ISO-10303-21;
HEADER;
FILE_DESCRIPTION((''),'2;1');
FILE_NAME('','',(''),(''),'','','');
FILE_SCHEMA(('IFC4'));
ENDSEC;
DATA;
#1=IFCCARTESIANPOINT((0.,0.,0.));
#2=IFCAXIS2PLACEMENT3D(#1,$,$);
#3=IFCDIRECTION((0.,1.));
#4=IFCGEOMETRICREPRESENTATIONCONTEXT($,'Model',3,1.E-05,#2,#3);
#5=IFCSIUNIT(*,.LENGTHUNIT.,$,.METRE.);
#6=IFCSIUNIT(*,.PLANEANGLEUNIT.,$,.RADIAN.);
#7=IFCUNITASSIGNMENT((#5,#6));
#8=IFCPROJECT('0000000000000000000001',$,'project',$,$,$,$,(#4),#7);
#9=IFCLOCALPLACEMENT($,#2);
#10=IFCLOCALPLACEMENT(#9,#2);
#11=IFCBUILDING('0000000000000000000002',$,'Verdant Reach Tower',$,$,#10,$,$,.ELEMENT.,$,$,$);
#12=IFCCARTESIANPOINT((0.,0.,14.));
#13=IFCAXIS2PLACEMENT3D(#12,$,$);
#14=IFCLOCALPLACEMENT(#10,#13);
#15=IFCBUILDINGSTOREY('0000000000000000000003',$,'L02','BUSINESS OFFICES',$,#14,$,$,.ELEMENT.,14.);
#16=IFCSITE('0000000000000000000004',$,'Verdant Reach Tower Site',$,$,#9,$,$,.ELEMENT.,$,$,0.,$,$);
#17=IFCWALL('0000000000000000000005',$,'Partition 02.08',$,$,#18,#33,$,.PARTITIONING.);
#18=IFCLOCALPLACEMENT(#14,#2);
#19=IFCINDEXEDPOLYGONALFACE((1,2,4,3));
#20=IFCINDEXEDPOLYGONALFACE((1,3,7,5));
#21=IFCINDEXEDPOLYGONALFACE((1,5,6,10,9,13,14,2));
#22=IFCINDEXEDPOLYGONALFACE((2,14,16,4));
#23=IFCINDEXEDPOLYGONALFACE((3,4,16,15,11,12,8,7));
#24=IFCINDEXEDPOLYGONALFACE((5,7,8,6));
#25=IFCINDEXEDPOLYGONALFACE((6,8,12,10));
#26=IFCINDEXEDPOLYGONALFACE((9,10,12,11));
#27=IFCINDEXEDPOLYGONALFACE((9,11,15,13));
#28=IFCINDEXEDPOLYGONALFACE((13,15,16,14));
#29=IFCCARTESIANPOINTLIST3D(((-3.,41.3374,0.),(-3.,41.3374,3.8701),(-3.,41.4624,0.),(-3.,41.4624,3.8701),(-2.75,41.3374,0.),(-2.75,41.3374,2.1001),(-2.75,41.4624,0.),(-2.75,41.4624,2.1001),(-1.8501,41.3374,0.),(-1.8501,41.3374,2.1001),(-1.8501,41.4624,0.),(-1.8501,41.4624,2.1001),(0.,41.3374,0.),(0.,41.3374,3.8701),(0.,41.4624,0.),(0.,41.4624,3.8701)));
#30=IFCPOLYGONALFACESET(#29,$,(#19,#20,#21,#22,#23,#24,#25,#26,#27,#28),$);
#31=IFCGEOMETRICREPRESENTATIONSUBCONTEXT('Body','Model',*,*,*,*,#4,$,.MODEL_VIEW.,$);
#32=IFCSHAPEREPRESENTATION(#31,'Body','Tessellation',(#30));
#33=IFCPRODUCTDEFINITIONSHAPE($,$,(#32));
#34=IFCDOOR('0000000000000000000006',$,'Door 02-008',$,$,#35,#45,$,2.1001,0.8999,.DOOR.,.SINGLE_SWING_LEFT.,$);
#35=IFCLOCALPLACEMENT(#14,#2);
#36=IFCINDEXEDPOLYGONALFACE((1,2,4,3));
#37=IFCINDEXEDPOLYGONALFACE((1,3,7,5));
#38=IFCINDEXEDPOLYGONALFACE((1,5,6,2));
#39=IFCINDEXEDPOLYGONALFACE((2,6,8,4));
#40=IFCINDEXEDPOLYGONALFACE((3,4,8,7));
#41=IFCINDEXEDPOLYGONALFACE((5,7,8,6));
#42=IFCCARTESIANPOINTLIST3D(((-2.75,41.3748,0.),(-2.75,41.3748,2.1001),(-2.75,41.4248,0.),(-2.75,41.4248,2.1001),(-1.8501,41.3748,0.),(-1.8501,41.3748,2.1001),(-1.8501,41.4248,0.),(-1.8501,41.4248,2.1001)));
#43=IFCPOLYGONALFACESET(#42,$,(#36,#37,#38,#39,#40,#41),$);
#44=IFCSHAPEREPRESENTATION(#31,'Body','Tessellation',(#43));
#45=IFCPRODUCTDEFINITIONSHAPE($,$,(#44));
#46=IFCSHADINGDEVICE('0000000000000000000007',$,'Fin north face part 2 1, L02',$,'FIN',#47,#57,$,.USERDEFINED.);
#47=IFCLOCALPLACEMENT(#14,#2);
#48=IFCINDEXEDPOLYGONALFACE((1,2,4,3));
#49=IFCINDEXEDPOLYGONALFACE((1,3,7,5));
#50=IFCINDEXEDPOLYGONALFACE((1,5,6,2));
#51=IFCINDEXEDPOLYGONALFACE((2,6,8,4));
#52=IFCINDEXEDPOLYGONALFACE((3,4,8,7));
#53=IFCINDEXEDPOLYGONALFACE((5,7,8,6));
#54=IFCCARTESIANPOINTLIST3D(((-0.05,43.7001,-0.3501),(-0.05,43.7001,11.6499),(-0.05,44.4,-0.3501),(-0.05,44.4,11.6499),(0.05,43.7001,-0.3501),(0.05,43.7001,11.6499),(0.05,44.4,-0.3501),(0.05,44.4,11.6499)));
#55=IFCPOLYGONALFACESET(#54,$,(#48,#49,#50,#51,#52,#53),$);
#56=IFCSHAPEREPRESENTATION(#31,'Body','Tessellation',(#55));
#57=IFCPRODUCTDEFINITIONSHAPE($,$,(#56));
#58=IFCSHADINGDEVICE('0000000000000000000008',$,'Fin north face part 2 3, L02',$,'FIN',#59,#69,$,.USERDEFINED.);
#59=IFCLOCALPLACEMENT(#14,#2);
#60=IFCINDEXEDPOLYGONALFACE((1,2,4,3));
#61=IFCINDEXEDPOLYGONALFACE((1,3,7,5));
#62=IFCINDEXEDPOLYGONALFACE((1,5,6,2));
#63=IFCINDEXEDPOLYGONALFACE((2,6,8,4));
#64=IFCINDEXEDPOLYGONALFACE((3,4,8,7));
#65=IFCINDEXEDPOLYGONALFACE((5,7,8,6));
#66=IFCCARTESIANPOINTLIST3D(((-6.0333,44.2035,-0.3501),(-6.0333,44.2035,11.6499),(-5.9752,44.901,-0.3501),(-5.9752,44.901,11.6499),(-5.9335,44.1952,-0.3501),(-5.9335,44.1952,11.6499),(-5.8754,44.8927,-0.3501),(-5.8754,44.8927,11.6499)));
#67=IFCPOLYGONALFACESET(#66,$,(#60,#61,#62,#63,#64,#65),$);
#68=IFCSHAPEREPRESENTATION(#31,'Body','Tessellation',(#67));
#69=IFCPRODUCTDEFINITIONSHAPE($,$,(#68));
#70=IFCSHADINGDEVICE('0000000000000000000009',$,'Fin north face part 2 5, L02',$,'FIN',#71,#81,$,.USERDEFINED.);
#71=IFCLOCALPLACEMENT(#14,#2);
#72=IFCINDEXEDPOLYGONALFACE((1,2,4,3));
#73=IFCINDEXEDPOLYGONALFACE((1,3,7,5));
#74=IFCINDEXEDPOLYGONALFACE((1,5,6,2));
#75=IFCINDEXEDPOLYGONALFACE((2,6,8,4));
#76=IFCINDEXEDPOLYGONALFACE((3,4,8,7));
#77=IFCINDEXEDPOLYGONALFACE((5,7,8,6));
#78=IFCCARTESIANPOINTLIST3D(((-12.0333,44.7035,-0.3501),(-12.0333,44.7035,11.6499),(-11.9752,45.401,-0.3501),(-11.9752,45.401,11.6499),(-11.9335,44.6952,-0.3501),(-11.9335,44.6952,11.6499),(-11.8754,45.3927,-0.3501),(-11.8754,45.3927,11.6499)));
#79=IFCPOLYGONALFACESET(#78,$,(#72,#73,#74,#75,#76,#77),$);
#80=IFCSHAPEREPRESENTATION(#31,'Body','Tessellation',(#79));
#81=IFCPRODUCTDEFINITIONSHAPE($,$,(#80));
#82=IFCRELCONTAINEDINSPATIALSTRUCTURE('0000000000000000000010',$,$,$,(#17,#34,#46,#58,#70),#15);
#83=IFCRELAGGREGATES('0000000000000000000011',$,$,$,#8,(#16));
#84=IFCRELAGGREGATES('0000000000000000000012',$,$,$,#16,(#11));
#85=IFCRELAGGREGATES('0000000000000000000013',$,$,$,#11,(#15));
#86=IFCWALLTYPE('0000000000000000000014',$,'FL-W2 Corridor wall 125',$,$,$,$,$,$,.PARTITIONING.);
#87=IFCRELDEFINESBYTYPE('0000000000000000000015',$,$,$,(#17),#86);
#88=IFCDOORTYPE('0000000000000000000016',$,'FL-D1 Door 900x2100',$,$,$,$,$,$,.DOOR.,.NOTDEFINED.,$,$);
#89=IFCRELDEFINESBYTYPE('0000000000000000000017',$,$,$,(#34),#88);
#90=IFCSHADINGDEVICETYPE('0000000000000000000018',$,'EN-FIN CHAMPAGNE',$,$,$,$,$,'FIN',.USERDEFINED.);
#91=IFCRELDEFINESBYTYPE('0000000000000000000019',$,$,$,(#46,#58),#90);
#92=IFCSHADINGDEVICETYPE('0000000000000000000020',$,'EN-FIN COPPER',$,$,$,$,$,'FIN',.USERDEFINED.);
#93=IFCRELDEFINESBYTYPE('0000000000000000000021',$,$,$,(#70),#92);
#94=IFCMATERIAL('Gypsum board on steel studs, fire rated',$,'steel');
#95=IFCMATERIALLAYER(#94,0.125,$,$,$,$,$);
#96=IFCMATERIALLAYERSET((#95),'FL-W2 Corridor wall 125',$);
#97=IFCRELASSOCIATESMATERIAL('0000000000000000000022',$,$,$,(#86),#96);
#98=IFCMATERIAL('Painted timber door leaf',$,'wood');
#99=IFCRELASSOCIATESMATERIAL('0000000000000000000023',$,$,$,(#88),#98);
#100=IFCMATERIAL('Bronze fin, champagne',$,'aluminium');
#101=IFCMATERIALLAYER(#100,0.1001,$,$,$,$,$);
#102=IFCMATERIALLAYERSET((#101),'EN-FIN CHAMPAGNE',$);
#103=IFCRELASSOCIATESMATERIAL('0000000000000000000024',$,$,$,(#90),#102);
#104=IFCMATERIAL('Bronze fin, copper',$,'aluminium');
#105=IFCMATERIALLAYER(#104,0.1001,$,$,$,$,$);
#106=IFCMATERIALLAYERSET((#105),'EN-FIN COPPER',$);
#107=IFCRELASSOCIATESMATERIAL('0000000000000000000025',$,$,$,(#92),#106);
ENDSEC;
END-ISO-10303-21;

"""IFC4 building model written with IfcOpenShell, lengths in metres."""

from ifc_helpers import new_model, si_unit, direction, frame, frame_2d, origin, origin_2d, place, context, subcontext, project, spatial, rectangle, extrude, material, layer, layer_set, type_object, element, fill, save


model = new_model("IFC4")

# Units and contexts
model_context = context("Model", 3, precision=1e-05, world=origin(), true_north=direction((0.0, 1.0)))
body_context = subcontext(model_context, "Body", "Model", "MODEL_VIEW")
ifc_project = project(units=[si_unit("LENGTHUNIT", "METRE"), si_unit("PLANEANGLEUNIT", "RADIAN")], contexts=[model_context])

# Site, building, storey
site_placement = place(None, origin())
site = spatial("IfcSite", under=ifc_project, at=site_placement, Name="Verdant Reach Tower Site", CompositionType="ELEMENT", RefElevation=0.0)
building_placement = place(site_placement, origin())
building = spatial("IfcBuilding", under=site, at=building_placement, Name="Verdant Reach Tower", CompositionType="ELEMENT")
storey_placement = place(building_placement, frame((0.0, 0.0, 14.0)))
storey = spatial("IfcBuildingStorey", under=building, at=storey_placement, Name="L02", Description="BUSINESS OFFICES", CompositionType="ELEMENT", Elevation=14.0)

# Wall, opening, door
ifc_material_1 = material(Name="Gypsum board on steel studs, fire rated", Category="steel")
ifc_layer_1 = layer(ifc_material_1, 0.125)
ifc_layer_set_1 = layer_set([ifc_layer_1], Name="FL-W2 Corridor wall 125")
wall_type_1 = type_object("IfcWallType", Name="FL-W2 Corridor wall 125", PredefinedType="PARTITIONING", material=ifc_layer_set_1)
wall_1_placement = place(storey_placement, frame((-3.0, 41.3999, 0.0), z_axis=(0.0, 0.0, 1.0), x_axis=(1.0, 0.0, 0.0)))
wall_1 = element("IfcWall", 1, at=wall_1_placement, inside=storey, type_object=wall_type_1, Name="Partition 02.08", PredefinedType="PARTITIONING", context=body_context, shape_type="SweptSolid", body=[
    extrude(rectangle(XDim=3.0, YDim=0.125, at=frame_2d((1.5, 0.0))), origin(), (0.0, 0.0, 1.0), 3.8701),
])
opening_1_placement = place(wall_1_placement, frame((0.25, 0.0, 0.0)))
opening_1 = element("IfcOpeningElement", 2, at=opening_1_placement, cuts=wall_1, PredefinedType="OPENING", context=body_context, shape_type="SweptSolid", body=[
    extrude(rectangle(XDim=0.8999, YDim=2.1001, at=frame_2d((0.45, 1.05))), frame((0.0, 0.0725, 0.0), z_axis=(0.0, -1.0, 0.0), x_axis=(1.0, 0.0, 0.0)), (0.0, 0.0, 1.0), 0.145),
])
ifc_material_2 = material(Name="Painted timber door leaf", Category="wood")
door_type_1 = type_object("IfcDoorType", Name="FL-D1 Door 900x2100", OperationType="NOTDEFINED", PredefinedType="DOOR", material=ifc_material_2)
door_1_placement = place(opening_1_placement, origin())
door_1 = element("IfcDoor", 3, at=door_1_placement, inside=storey, type_object=door_type_1, Name="Door 02-008", OperationType="SINGLE_SWING_LEFT", OverallHeight=2.1001, OverallWidth=0.8999, PredefinedType="DOOR", context=body_context, shape_type="SweptSolid", body=[
    extrude(rectangle(XDim=0.8999, YDim=2.1001, at=frame_2d((0.45, 1.05))), frame((0.0, 0.0249, 0.0), z_axis=(0.0, -1.0, 0.0), x_axis=(1.0, 0.0, 0.0)), (0.0, 0.0, 1.0), 0.05),
])
fill(opening_1, door_1)

# Shading devices
ifc_material_3 = material(Name="Bronze fin, champagne", Category="aluminium")
ifc_layer_2 = layer(ifc_material_3, 0.1001)
ifc_layer_set_2 = layer_set([ifc_layer_2], Name="EN-FIN CHAMPAGNE")
shading_device_type_1 = type_object("IfcShadingDeviceType", Name="EN-FIN CHAMPAGNE", ElementType="FIN", PredefinedType="USERDEFINED", material=ifc_layer_set_2)
for number, where, z_axis, x_axis, name in (
    (4, (0.0, 44.05, -0.3501), (0.0, 0.0, 1.0), (-1.0, 0.0, 0.0), "Fin north face part 2 1, L02"),
    (5, (-5.9543, 44.5481, -0.3501), (0.0, 0.0, 1.0), (-0.996546, 0.083045, 0.0), "Fin north face part 2 3, L02"),
):
    element("IfcShadingDevice", number, at=place(storey_placement, frame(where, z_axis=z_axis, x_axis=x_axis)), inside=storey, type_object=shading_device_type_1, Name=name, ObjectType="FIN", PredefinedType="USERDEFINED", context=body_context, shape_type="SweptSolid", body=[
        extrude(rectangle(XDim=0.1001, YDim=0.7, at=origin_2d()), origin(), (0.0, 0.0, 1.0), 12.0),
    ])
ifc_material_4 = material(Name="Bronze fin, copper", Category="aluminium")
ifc_layer_3 = layer(ifc_material_4, 0.1001)
ifc_layer_set_3 = layer_set([ifc_layer_3], Name="EN-FIN COPPER")
shading_device_type_2 = type_object("IfcShadingDeviceType", Name="EN-FIN COPPER", ElementType="FIN", PredefinedType="USERDEFINED", material=ifc_layer_set_3)
shading_device_placement = place(storey_placement, frame((-11.9543, 45.0481, -0.3501), z_axis=(0.0, 0.0, 1.0), x_axis=(-0.996546, 0.083045, 0.0)))
element("IfcShadingDevice", 6, at=shading_device_placement, inside=storey, type_object=shading_device_type_2, Name="Fin north face part 2 5, L02", ObjectType="FIN", PredefinedType="USERDEFINED", context=body_context, shape_type="SweptSolid", body=[
    extrude(rectangle(XDim=0.1001, YDim=0.7, at=origin_2d()), origin(), (0.0, 0.0, 1.0), 12.0),
])

save(model, "model.ifc")
